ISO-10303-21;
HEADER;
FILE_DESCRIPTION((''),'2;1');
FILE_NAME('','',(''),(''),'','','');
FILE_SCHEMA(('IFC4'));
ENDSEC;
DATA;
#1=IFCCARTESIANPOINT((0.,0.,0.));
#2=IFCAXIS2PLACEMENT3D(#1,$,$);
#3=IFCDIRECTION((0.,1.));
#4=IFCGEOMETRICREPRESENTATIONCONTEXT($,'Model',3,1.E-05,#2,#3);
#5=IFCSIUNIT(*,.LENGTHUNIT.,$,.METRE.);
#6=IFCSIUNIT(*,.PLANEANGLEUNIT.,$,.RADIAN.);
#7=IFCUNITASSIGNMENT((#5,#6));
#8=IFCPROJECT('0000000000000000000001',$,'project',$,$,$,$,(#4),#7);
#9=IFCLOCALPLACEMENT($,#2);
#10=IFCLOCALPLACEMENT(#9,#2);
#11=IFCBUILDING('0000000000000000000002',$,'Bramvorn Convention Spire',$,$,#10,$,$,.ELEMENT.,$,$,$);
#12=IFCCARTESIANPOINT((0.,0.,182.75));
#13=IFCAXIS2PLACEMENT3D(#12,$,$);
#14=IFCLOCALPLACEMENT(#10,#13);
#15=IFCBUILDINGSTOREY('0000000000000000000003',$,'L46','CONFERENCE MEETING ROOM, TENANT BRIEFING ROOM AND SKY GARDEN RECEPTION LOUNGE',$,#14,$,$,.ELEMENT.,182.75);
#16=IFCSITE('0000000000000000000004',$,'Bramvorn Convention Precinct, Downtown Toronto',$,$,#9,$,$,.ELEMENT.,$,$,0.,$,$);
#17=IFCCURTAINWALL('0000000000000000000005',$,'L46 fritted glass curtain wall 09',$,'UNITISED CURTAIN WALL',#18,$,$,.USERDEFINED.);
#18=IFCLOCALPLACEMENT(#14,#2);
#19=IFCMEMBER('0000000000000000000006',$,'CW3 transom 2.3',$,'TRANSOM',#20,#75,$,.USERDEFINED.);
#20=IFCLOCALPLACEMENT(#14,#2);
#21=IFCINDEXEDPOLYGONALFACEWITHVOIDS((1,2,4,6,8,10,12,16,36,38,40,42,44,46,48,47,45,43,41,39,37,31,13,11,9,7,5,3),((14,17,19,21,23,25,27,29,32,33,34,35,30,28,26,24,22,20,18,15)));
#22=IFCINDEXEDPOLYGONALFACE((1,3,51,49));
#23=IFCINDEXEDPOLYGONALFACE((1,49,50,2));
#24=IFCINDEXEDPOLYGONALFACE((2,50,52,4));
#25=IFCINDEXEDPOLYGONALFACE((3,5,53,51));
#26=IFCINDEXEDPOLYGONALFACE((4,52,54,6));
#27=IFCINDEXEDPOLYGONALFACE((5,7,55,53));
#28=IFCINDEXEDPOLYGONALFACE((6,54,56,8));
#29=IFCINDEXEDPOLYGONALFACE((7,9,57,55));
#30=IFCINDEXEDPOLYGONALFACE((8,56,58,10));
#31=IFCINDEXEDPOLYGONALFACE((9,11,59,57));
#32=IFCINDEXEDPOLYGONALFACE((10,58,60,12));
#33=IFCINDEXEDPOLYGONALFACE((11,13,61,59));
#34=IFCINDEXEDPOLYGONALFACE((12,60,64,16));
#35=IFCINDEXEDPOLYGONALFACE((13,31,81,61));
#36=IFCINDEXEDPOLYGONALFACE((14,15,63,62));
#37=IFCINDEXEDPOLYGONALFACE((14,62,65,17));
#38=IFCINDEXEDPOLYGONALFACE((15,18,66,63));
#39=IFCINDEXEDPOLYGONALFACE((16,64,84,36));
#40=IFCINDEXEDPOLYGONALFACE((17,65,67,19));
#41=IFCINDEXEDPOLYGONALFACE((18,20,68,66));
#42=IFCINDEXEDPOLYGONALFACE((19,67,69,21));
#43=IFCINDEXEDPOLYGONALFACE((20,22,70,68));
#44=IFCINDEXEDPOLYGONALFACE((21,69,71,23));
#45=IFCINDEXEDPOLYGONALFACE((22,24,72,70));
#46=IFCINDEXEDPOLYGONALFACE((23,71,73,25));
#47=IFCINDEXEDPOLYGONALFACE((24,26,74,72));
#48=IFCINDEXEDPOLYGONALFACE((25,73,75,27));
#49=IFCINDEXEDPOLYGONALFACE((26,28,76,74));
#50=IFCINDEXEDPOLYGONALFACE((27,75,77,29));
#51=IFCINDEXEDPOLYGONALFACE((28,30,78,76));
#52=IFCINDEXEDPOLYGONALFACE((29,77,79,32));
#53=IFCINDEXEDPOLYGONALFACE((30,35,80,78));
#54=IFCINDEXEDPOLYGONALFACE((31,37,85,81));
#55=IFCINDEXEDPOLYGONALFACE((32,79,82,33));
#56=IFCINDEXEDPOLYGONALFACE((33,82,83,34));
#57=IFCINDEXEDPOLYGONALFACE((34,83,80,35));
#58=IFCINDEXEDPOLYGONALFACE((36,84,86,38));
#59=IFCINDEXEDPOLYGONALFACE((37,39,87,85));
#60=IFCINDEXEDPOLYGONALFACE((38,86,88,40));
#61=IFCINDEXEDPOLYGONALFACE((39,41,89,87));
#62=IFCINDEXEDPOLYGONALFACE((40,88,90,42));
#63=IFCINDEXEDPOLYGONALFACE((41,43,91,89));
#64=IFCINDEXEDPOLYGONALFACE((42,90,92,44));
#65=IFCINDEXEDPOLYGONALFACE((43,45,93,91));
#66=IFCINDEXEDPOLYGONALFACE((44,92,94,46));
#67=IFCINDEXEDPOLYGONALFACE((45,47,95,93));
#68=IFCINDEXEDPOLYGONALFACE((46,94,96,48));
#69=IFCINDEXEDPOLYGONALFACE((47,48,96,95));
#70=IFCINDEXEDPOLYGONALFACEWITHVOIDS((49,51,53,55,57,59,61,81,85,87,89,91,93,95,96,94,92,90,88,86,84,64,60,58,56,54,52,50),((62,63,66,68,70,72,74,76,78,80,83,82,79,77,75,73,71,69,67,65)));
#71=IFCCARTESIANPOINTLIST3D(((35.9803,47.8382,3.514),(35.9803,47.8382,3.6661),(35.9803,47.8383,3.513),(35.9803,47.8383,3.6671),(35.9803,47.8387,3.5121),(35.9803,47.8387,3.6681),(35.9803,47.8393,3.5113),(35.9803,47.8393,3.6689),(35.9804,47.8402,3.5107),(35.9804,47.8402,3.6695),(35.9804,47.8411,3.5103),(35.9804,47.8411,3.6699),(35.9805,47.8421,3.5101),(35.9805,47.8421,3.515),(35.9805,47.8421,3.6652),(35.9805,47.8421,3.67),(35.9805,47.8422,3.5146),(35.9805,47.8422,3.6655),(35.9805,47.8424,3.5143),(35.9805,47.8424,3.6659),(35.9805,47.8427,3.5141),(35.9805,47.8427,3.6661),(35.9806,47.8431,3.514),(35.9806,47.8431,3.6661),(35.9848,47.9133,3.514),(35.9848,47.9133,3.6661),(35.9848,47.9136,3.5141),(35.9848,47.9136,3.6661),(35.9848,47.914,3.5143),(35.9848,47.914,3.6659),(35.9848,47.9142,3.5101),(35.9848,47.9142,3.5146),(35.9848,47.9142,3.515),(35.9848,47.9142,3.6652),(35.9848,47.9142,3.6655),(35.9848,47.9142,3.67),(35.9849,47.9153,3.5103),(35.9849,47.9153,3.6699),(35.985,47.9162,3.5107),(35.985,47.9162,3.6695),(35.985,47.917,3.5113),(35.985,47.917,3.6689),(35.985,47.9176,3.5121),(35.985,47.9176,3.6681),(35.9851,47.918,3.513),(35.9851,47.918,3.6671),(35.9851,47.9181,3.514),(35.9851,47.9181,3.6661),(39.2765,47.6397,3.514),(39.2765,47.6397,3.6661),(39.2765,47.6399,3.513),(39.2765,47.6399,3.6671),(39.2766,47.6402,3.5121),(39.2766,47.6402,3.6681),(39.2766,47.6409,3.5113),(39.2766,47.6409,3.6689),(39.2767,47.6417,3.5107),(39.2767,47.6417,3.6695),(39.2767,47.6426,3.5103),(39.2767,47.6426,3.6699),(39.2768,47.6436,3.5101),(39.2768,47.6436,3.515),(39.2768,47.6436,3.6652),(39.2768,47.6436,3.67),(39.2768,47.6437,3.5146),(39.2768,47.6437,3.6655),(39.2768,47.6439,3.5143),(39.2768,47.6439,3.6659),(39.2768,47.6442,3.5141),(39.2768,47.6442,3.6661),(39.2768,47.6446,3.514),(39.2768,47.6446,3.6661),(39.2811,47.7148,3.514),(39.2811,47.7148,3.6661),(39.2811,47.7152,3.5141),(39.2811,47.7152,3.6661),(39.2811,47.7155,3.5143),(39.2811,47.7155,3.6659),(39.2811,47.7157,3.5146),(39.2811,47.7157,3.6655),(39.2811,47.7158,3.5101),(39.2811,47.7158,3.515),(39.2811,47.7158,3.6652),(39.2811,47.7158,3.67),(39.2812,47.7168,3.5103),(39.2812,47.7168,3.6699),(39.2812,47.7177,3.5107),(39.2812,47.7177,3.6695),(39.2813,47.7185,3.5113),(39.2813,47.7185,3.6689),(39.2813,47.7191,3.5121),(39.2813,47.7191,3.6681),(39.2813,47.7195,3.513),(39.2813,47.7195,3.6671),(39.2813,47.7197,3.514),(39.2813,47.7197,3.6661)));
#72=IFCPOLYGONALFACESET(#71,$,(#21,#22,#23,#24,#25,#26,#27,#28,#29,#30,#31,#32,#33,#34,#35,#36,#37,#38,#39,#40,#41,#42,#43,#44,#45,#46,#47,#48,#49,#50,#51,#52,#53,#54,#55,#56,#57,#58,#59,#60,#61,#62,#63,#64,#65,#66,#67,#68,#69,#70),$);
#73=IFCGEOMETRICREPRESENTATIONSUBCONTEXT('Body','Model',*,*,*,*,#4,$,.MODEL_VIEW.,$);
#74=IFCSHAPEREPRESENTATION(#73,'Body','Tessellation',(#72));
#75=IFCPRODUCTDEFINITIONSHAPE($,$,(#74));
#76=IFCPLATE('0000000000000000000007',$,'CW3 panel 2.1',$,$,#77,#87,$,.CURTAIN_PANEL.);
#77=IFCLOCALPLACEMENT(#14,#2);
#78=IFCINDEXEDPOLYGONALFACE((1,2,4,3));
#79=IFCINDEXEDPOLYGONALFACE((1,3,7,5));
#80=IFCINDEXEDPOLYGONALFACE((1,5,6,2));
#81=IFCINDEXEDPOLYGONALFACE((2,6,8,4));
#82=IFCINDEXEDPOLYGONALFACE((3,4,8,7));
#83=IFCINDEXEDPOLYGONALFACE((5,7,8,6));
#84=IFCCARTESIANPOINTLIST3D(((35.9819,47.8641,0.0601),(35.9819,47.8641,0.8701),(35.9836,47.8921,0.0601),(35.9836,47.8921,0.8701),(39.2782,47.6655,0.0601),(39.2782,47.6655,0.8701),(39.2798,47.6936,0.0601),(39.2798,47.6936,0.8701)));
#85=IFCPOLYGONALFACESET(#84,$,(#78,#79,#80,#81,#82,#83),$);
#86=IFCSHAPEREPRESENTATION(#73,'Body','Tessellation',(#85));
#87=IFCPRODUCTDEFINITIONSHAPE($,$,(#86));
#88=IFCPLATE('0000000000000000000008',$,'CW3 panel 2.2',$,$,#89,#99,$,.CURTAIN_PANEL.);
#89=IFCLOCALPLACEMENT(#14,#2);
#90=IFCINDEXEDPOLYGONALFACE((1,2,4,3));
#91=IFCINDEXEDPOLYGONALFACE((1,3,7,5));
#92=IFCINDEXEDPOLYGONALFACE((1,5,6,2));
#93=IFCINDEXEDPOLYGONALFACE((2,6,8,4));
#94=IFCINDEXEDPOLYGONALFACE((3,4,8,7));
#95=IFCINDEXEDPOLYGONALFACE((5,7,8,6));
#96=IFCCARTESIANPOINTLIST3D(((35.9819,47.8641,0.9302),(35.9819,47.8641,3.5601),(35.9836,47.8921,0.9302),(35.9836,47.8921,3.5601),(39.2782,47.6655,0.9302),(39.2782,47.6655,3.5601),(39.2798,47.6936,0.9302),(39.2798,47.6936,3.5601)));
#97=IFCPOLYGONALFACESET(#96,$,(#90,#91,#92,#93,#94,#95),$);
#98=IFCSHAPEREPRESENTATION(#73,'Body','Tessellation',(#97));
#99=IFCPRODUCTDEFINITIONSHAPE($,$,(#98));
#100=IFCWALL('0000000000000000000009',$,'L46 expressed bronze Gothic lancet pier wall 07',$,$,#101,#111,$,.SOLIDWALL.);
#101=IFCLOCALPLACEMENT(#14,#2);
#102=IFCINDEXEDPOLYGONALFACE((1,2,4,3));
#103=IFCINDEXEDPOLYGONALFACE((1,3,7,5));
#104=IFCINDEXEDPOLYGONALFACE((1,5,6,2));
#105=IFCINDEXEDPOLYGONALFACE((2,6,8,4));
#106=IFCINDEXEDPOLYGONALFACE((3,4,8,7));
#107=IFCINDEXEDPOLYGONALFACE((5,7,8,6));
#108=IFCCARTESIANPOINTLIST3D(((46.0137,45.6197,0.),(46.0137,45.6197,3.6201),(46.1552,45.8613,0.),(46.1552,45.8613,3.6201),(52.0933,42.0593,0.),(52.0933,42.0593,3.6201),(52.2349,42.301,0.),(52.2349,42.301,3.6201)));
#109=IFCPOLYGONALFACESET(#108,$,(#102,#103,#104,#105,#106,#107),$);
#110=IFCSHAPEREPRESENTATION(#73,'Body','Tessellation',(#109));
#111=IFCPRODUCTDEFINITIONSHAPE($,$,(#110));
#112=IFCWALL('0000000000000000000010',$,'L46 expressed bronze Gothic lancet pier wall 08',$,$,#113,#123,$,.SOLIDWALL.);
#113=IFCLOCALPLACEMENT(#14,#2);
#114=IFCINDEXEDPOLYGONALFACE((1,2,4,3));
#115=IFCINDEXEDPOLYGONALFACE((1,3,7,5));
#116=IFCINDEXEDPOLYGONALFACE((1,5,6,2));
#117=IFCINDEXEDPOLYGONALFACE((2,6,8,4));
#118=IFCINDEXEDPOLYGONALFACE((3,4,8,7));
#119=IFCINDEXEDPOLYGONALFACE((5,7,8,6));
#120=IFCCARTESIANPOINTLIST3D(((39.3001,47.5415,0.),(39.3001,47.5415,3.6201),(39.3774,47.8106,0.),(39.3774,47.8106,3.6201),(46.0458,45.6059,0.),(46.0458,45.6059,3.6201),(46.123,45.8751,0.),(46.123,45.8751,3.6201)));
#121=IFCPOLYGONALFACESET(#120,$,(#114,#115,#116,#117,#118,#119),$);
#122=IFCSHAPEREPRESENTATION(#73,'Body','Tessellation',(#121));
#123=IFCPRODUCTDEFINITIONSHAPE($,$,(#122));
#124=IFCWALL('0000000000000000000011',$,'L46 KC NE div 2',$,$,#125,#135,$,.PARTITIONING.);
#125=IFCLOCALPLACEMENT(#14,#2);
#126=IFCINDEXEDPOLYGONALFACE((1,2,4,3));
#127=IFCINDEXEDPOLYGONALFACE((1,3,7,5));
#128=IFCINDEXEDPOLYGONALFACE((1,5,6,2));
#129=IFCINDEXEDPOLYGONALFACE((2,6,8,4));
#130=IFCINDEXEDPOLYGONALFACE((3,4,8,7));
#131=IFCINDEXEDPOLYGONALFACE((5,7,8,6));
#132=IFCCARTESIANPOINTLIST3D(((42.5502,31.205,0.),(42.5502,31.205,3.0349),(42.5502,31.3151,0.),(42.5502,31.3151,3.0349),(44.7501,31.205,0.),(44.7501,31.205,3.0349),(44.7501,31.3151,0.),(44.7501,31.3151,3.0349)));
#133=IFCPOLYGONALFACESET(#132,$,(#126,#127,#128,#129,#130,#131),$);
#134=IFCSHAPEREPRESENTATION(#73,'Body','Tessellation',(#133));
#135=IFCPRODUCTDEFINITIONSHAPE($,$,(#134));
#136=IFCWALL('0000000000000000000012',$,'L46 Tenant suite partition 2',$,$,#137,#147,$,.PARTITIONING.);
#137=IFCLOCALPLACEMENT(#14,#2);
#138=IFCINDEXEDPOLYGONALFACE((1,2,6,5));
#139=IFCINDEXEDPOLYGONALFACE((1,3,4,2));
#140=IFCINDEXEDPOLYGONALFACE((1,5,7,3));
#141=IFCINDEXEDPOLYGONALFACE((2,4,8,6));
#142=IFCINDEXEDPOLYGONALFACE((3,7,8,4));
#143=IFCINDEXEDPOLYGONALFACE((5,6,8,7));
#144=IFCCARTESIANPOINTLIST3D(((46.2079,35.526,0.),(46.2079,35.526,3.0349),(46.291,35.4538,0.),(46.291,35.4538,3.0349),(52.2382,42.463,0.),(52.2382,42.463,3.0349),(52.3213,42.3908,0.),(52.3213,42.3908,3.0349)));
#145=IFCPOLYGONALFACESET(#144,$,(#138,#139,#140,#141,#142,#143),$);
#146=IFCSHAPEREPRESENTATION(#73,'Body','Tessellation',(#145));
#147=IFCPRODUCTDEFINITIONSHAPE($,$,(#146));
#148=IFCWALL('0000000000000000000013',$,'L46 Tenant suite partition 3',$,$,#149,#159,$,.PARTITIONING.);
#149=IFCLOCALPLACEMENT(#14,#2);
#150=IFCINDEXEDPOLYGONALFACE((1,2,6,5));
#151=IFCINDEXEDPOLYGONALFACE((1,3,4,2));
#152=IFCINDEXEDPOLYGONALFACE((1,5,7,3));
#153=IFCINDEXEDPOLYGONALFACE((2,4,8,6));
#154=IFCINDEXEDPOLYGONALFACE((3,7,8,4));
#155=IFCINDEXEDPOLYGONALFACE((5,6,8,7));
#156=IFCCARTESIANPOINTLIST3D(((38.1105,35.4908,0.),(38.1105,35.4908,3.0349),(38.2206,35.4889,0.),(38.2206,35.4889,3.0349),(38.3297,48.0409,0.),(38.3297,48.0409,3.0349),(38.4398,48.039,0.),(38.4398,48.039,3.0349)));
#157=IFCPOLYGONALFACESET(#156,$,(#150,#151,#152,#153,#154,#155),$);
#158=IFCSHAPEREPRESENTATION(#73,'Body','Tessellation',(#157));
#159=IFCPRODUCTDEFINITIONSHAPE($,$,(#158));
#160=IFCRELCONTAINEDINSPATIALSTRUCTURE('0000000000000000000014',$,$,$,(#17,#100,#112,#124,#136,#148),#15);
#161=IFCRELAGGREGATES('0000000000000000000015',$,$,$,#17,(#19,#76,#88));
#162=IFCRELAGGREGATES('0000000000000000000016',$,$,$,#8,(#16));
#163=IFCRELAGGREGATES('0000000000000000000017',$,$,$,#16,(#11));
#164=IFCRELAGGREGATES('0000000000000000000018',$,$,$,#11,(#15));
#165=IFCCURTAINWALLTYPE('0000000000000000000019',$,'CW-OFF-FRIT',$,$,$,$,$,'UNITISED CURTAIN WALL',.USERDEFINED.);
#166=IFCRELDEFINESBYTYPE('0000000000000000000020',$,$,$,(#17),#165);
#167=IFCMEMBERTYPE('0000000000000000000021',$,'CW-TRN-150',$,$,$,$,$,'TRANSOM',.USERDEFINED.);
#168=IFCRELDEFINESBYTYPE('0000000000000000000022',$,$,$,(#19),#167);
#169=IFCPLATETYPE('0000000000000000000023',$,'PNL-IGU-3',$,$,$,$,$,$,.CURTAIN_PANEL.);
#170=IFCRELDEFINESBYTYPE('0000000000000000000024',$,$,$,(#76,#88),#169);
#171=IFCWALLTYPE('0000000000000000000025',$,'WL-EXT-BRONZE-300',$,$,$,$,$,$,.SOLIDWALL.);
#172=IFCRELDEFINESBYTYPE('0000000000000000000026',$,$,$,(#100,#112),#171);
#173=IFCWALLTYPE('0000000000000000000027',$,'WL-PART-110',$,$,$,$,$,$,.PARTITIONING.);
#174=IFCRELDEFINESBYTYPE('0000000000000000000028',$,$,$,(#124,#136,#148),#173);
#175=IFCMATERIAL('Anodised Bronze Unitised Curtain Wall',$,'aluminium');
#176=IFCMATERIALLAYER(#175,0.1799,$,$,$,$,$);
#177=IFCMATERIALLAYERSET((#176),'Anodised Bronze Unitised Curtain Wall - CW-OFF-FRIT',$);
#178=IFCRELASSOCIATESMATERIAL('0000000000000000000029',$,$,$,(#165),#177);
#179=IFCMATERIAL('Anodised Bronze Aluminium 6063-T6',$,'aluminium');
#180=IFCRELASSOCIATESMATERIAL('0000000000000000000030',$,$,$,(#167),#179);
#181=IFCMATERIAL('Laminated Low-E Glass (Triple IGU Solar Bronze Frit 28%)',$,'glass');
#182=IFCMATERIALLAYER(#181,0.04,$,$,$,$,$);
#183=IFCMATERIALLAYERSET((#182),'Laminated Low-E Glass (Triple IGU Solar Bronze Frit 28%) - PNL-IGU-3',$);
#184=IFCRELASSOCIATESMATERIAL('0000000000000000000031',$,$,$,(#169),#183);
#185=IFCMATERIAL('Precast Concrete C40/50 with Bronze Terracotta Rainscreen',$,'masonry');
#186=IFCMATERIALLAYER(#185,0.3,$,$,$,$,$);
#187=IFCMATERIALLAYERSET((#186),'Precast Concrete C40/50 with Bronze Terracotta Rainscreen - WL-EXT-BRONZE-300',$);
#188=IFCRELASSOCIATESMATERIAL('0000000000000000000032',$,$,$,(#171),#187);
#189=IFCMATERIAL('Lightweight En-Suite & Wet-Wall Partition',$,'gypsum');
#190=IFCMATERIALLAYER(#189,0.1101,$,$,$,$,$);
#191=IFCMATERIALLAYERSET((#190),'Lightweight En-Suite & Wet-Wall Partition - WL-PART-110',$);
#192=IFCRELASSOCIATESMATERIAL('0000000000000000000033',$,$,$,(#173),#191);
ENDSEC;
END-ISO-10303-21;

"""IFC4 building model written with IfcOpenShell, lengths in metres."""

from ifc_helpers import new_model, si_unit, direction, frame, frame_2d, origin, origin_2d, place, context, subcontext, project, spatial, rectangle, hollow_rectangle, extrude, material, layer, layer_set, material_profile, profile_set, type_object, element, aggregate, save


model = new_model("IFC4")

# Units and contexts
model_context = context("Model", 3, precision=1e-05, world=origin(), true_north=direction((0.0, 1.0)))
body_context = subcontext(model_context, "Body", "Model", "MODEL_VIEW")
ifc_project = project(units=[si_unit("LENGTHUNIT", "METRE"), si_unit("PLANEANGLEUNIT", "RADIAN")], contexts=[model_context])

# Site, building, storey
site_placement = place(None, origin())
site = spatial("IfcSite", under=ifc_project, at=site_placement, Name="Bramvorn Convention Precinct, Downtown Toronto", CompositionType="ELEMENT", RefElevation=0.0)
building_placement = place(site_placement, origin())
building = spatial("IfcBuilding", under=site, at=building_placement, Name="Bramvorn Convention Spire", CompositionType="ELEMENT")
storey_placement = place(building_placement, frame((0.0, 0.0, 182.75)))
storey = spatial("IfcBuildingStorey", under=building, at=storey_placement, Name="L46", Description="CONFERENCE MEETING ROOM, TENANT BRIEFING ROOM AND SKY GARDEN RECEPTION LOUNGE", CompositionType="ELEMENT", Elevation=182.75)

# Curtain wall, member, plates
ifc_material_1 = material(Name="Anodised Bronze Unitised Curtain Wall", Category="aluminium")
ifc_layer_1 = layer(ifc_material_1, 0.1799)
ifc_layer_set_1 = layer_set([ifc_layer_1], Name="Anodised Bronze Unitised Curtain Wall - CW-OFF-FRIT")
curtain_wall_type = type_object("IfcCurtainWallType", Name="CW-OFF-FRIT", ElementType="UNITISED CURTAIN WALL", PredefinedType="USERDEFINED", material=ifc_layer_set_1)
curtain_wall_placement = place(storey_placement, origin())
curtain_wall = element("IfcCurtainWall", 1, at=curtain_wall_placement, inside=storey, type_object=curtain_wall_type, Name="L46 fritted glass curtain wall 09", ObjectType="UNITISED CURTAIN WALL", PredefinedType="USERDEFINED")
ifc_material_2 = material(Name="Anodised Bronze Aluminium 6063-T6", Category="aluminium")
ifc_material_profile_1 = material_profile(ifc_material_2, hollow_rectangle(XDim=0.0801, YDim=0.1599, WallThickness=0.0039, InnerFilletRadius=0.001, OuterFilletRadius=0.0039, at=origin_2d()))
ifc_profile_set_1 = profile_set([ifc_material_profile_1], Name="Anodised Bronze Aluminium 6063-T6 - CWT80X160")
member_type_1 = type_object("IfcMemberType", Name="CW-TRN-150", ElementType="TRANSOM", PredefinedType="USERDEFINED", material=ifc_profile_set_1)
member_1_placement = place(storey_placement, frame((35.9827, 47.8782, 3.5901), z_axis=(0.998192, -0.060104, 0.0), x_axis=(0.060104, 0.998192, 0.0)))
member_1 = element("IfcMember", 2, at=member_1_placement, type_object=member_type_1, Name="CW3 transom 2.3", ObjectType="TRANSOM", PredefinedType="USERDEFINED", context=body_context, shape_type="SweptSolid", body=[
    extrude(hollow_rectangle(XDim=0.0801, YDim=0.1599, WallThickness=0.0039, InnerFilletRadius=0.001, OuterFilletRadius=0.0039, at=origin_2d()), origin(), (0.0, 0.0, 1.0), 3.3022),
])
ifc_material_3 = material(Name="Laminated Low-E Glass (Triple IGU Solar Bronze Frit 28%)", Category="glass")
ifc_layer_2 = layer(ifc_material_3, 0.04)
ifc_layer_set_2 = layer_set([ifc_layer_2], Name="Laminated Low-E Glass (Triple IGU Solar Bronze Frit 28%) - PNL-IGU-3")
plate_type = type_object("IfcPlateType", Name="PNL-IGU-3", PredefinedType="CURTAIN_PANEL", material=ifc_layer_set_2)
plate_1_placement = place(storey_placement, frame((37.6309, 47.7788, 0.0601), z_axis=(0.0, 0.0, 1.0), x_axis=(0.998191, -0.060123, 0.0)))
plate_1 = element("IfcPlate", 3, at=plate_1_placement, type_object=plate_type, Name="CW3 panel 2.1", PredefinedType="CURTAIN_PANEL", context=body_context, shape_type="SweptSolid", body=[
    extrude(rectangle(XDim=3.3022, YDim=0.0281, at=origin_2d()), origin(), (0.0, 0.0, 1.0), 0.8101),
])
plate_2_placement = place(storey_placement, frame((37.6309, 47.7788, 0.9302), z_axis=(0.0, 0.0, 1.0), x_axis=(0.998191, -0.060123, 0.0)))
plate_2 = element("IfcPlate", 4, at=plate_2_placement, type_object=plate_type, Name="CW3 panel 2.2", PredefinedType="CURTAIN_PANEL", context=body_context, shape_type="SweptSolid", body=[
    extrude(rectangle(XDim=3.3022, YDim=0.0281, at=origin_2d()), origin(), (0.0, 0.0, 1.0), 2.6299),
])
aggregate(curtain_wall, [member_1, plate_1, plate_2])

# Walls
ifc_material_4 = material(Name="Precast Concrete C40/50 with Bronze Terracotta Rainscreen", Category="masonry")
ifc_layer_3 = layer(ifc_material_4, 0.3)
ifc_layer_set_3 = layer_set([ifc_layer_3], Name="Precast Concrete C40/50 with Bronze Terracotta Rainscreen - WL-EXT-BRONZE-300")
wall_type_1 = type_object("IfcWallType", Name="WL-EXT-BRONZE-300", PredefinedType="SOLIDWALL", material=ifc_layer_set_3)
wall_1_placement = place(storey_placement, frame((46.0845, 45.7405, 0.0), z_axis=(0.0, 0.0, 1.0), x_axis=(0.86292, -0.50534, 0.0)))
element("IfcWall", 5, at=wall_1_placement, inside=storey, type_object=wall_type_1, Name="L46 expressed bronze Gothic lancet pier wall 07", PredefinedType="SOLIDWALL", context=body_context, shape_type="SweptSolid", body=[
    extrude(rectangle(XDim=7.0454, YDim=0.28, at=frame_2d((3.5227, 0.0))), origin(), (0.0, 0.0, 1.0), 3.6201),
])
wall_2_placement = place(storey_placement, frame((39.3389, 47.676, 0.0), z_axis=(0.0, 0.0, 1.0), x_axis=(0.961214, -0.275805, 0.0)))
element("IfcWall", 6, at=wall_2_placement, inside=storey, type_object=wall_type_1, Name="L46 expressed bronze Gothic lancet pier wall 08", PredefinedType="SOLIDWALL", context=body_context, shape_type="SweptSolid", body=[
    extrude(rectangle(XDim=7.0178, YDim=0.28, at=frame_2d((3.5088, 0.0))), origin(), (0.0, 0.0, 1.0), 3.6201),
])
ifc_material_5 = material(Name="Lightweight En-Suite & Wet-Wall Partition", Category="gypsum")
ifc_layer_4 = layer(ifc_material_5, 0.1101)
ifc_layer_set_4 = layer_set([ifc_layer_4], Name="Lightweight En-Suite & Wet-Wall Partition - WL-PART-110")
wall_type_2 = type_object("IfcWallType", Name="WL-PART-110", PredefinedType="PARTITIONING", material=ifc_layer_set_4)
wall_3_placement = place(storey_placement, frame((42.55, 31.26, 0.0), z_axis=(0.0, 0.0, 1.0), x_axis=(1.0, 0.0, 0.0)))
element("IfcWall", 7, at=wall_3_placement, inside=storey, type_object=wall_type_2, Name="L46 KC NE div 2", PredefinedType="PARTITIONING", context=body_context, shape_type="SweptSolid", body=[
    extrude(rectangle(XDim=2.2, YDim=0.1101, at=frame_2d((1.1001, 0.0))), origin(), (0.0, 0.0, 1.0), 3.0349),
])
wall_4_placement = place(storey_placement, frame((46.2495, 35.49, 0.0), z_axis=(0.0, 0.0, 1.0), x_axis=(0.65606, 0.754708, 0.0)))
element("IfcWall", 8, at=wall_4_placement, inside=storey, type_object=wall_type_2, Name="L46 Tenant suite partition 2", PredefinedType="PARTITIONING", context=body_context, shape_type="SweptSolid", body=[
    extrude(rectangle(XDim=9.1917, YDim=0.1101, at=frame_2d((4.5957, 0.0))), origin(), (0.0, 0.0, 1.0), 3.0349),
])
wall_5_placement = place(storey_placement, frame((38.1655, 35.49, 0.0), z_axis=(0.0, 0.0, 1.0), x_axis=(0.017466, 0.999847, 0.0)))
element("IfcWall", 9, at=wall_5_placement, inside=storey, type_object=wall_type_2, Name="L46 Tenant suite partition 3", PredefinedType="PARTITIONING", context=body_context, shape_type="SweptSolid", body=[
    extrude(rectangle(XDim=12.552, YDim=0.1101, at=frame_2d((6.2759, 0.0))), origin(), (0.0, 0.0, 1.0), 3.0349),
])

save(model, "model.ifc")
